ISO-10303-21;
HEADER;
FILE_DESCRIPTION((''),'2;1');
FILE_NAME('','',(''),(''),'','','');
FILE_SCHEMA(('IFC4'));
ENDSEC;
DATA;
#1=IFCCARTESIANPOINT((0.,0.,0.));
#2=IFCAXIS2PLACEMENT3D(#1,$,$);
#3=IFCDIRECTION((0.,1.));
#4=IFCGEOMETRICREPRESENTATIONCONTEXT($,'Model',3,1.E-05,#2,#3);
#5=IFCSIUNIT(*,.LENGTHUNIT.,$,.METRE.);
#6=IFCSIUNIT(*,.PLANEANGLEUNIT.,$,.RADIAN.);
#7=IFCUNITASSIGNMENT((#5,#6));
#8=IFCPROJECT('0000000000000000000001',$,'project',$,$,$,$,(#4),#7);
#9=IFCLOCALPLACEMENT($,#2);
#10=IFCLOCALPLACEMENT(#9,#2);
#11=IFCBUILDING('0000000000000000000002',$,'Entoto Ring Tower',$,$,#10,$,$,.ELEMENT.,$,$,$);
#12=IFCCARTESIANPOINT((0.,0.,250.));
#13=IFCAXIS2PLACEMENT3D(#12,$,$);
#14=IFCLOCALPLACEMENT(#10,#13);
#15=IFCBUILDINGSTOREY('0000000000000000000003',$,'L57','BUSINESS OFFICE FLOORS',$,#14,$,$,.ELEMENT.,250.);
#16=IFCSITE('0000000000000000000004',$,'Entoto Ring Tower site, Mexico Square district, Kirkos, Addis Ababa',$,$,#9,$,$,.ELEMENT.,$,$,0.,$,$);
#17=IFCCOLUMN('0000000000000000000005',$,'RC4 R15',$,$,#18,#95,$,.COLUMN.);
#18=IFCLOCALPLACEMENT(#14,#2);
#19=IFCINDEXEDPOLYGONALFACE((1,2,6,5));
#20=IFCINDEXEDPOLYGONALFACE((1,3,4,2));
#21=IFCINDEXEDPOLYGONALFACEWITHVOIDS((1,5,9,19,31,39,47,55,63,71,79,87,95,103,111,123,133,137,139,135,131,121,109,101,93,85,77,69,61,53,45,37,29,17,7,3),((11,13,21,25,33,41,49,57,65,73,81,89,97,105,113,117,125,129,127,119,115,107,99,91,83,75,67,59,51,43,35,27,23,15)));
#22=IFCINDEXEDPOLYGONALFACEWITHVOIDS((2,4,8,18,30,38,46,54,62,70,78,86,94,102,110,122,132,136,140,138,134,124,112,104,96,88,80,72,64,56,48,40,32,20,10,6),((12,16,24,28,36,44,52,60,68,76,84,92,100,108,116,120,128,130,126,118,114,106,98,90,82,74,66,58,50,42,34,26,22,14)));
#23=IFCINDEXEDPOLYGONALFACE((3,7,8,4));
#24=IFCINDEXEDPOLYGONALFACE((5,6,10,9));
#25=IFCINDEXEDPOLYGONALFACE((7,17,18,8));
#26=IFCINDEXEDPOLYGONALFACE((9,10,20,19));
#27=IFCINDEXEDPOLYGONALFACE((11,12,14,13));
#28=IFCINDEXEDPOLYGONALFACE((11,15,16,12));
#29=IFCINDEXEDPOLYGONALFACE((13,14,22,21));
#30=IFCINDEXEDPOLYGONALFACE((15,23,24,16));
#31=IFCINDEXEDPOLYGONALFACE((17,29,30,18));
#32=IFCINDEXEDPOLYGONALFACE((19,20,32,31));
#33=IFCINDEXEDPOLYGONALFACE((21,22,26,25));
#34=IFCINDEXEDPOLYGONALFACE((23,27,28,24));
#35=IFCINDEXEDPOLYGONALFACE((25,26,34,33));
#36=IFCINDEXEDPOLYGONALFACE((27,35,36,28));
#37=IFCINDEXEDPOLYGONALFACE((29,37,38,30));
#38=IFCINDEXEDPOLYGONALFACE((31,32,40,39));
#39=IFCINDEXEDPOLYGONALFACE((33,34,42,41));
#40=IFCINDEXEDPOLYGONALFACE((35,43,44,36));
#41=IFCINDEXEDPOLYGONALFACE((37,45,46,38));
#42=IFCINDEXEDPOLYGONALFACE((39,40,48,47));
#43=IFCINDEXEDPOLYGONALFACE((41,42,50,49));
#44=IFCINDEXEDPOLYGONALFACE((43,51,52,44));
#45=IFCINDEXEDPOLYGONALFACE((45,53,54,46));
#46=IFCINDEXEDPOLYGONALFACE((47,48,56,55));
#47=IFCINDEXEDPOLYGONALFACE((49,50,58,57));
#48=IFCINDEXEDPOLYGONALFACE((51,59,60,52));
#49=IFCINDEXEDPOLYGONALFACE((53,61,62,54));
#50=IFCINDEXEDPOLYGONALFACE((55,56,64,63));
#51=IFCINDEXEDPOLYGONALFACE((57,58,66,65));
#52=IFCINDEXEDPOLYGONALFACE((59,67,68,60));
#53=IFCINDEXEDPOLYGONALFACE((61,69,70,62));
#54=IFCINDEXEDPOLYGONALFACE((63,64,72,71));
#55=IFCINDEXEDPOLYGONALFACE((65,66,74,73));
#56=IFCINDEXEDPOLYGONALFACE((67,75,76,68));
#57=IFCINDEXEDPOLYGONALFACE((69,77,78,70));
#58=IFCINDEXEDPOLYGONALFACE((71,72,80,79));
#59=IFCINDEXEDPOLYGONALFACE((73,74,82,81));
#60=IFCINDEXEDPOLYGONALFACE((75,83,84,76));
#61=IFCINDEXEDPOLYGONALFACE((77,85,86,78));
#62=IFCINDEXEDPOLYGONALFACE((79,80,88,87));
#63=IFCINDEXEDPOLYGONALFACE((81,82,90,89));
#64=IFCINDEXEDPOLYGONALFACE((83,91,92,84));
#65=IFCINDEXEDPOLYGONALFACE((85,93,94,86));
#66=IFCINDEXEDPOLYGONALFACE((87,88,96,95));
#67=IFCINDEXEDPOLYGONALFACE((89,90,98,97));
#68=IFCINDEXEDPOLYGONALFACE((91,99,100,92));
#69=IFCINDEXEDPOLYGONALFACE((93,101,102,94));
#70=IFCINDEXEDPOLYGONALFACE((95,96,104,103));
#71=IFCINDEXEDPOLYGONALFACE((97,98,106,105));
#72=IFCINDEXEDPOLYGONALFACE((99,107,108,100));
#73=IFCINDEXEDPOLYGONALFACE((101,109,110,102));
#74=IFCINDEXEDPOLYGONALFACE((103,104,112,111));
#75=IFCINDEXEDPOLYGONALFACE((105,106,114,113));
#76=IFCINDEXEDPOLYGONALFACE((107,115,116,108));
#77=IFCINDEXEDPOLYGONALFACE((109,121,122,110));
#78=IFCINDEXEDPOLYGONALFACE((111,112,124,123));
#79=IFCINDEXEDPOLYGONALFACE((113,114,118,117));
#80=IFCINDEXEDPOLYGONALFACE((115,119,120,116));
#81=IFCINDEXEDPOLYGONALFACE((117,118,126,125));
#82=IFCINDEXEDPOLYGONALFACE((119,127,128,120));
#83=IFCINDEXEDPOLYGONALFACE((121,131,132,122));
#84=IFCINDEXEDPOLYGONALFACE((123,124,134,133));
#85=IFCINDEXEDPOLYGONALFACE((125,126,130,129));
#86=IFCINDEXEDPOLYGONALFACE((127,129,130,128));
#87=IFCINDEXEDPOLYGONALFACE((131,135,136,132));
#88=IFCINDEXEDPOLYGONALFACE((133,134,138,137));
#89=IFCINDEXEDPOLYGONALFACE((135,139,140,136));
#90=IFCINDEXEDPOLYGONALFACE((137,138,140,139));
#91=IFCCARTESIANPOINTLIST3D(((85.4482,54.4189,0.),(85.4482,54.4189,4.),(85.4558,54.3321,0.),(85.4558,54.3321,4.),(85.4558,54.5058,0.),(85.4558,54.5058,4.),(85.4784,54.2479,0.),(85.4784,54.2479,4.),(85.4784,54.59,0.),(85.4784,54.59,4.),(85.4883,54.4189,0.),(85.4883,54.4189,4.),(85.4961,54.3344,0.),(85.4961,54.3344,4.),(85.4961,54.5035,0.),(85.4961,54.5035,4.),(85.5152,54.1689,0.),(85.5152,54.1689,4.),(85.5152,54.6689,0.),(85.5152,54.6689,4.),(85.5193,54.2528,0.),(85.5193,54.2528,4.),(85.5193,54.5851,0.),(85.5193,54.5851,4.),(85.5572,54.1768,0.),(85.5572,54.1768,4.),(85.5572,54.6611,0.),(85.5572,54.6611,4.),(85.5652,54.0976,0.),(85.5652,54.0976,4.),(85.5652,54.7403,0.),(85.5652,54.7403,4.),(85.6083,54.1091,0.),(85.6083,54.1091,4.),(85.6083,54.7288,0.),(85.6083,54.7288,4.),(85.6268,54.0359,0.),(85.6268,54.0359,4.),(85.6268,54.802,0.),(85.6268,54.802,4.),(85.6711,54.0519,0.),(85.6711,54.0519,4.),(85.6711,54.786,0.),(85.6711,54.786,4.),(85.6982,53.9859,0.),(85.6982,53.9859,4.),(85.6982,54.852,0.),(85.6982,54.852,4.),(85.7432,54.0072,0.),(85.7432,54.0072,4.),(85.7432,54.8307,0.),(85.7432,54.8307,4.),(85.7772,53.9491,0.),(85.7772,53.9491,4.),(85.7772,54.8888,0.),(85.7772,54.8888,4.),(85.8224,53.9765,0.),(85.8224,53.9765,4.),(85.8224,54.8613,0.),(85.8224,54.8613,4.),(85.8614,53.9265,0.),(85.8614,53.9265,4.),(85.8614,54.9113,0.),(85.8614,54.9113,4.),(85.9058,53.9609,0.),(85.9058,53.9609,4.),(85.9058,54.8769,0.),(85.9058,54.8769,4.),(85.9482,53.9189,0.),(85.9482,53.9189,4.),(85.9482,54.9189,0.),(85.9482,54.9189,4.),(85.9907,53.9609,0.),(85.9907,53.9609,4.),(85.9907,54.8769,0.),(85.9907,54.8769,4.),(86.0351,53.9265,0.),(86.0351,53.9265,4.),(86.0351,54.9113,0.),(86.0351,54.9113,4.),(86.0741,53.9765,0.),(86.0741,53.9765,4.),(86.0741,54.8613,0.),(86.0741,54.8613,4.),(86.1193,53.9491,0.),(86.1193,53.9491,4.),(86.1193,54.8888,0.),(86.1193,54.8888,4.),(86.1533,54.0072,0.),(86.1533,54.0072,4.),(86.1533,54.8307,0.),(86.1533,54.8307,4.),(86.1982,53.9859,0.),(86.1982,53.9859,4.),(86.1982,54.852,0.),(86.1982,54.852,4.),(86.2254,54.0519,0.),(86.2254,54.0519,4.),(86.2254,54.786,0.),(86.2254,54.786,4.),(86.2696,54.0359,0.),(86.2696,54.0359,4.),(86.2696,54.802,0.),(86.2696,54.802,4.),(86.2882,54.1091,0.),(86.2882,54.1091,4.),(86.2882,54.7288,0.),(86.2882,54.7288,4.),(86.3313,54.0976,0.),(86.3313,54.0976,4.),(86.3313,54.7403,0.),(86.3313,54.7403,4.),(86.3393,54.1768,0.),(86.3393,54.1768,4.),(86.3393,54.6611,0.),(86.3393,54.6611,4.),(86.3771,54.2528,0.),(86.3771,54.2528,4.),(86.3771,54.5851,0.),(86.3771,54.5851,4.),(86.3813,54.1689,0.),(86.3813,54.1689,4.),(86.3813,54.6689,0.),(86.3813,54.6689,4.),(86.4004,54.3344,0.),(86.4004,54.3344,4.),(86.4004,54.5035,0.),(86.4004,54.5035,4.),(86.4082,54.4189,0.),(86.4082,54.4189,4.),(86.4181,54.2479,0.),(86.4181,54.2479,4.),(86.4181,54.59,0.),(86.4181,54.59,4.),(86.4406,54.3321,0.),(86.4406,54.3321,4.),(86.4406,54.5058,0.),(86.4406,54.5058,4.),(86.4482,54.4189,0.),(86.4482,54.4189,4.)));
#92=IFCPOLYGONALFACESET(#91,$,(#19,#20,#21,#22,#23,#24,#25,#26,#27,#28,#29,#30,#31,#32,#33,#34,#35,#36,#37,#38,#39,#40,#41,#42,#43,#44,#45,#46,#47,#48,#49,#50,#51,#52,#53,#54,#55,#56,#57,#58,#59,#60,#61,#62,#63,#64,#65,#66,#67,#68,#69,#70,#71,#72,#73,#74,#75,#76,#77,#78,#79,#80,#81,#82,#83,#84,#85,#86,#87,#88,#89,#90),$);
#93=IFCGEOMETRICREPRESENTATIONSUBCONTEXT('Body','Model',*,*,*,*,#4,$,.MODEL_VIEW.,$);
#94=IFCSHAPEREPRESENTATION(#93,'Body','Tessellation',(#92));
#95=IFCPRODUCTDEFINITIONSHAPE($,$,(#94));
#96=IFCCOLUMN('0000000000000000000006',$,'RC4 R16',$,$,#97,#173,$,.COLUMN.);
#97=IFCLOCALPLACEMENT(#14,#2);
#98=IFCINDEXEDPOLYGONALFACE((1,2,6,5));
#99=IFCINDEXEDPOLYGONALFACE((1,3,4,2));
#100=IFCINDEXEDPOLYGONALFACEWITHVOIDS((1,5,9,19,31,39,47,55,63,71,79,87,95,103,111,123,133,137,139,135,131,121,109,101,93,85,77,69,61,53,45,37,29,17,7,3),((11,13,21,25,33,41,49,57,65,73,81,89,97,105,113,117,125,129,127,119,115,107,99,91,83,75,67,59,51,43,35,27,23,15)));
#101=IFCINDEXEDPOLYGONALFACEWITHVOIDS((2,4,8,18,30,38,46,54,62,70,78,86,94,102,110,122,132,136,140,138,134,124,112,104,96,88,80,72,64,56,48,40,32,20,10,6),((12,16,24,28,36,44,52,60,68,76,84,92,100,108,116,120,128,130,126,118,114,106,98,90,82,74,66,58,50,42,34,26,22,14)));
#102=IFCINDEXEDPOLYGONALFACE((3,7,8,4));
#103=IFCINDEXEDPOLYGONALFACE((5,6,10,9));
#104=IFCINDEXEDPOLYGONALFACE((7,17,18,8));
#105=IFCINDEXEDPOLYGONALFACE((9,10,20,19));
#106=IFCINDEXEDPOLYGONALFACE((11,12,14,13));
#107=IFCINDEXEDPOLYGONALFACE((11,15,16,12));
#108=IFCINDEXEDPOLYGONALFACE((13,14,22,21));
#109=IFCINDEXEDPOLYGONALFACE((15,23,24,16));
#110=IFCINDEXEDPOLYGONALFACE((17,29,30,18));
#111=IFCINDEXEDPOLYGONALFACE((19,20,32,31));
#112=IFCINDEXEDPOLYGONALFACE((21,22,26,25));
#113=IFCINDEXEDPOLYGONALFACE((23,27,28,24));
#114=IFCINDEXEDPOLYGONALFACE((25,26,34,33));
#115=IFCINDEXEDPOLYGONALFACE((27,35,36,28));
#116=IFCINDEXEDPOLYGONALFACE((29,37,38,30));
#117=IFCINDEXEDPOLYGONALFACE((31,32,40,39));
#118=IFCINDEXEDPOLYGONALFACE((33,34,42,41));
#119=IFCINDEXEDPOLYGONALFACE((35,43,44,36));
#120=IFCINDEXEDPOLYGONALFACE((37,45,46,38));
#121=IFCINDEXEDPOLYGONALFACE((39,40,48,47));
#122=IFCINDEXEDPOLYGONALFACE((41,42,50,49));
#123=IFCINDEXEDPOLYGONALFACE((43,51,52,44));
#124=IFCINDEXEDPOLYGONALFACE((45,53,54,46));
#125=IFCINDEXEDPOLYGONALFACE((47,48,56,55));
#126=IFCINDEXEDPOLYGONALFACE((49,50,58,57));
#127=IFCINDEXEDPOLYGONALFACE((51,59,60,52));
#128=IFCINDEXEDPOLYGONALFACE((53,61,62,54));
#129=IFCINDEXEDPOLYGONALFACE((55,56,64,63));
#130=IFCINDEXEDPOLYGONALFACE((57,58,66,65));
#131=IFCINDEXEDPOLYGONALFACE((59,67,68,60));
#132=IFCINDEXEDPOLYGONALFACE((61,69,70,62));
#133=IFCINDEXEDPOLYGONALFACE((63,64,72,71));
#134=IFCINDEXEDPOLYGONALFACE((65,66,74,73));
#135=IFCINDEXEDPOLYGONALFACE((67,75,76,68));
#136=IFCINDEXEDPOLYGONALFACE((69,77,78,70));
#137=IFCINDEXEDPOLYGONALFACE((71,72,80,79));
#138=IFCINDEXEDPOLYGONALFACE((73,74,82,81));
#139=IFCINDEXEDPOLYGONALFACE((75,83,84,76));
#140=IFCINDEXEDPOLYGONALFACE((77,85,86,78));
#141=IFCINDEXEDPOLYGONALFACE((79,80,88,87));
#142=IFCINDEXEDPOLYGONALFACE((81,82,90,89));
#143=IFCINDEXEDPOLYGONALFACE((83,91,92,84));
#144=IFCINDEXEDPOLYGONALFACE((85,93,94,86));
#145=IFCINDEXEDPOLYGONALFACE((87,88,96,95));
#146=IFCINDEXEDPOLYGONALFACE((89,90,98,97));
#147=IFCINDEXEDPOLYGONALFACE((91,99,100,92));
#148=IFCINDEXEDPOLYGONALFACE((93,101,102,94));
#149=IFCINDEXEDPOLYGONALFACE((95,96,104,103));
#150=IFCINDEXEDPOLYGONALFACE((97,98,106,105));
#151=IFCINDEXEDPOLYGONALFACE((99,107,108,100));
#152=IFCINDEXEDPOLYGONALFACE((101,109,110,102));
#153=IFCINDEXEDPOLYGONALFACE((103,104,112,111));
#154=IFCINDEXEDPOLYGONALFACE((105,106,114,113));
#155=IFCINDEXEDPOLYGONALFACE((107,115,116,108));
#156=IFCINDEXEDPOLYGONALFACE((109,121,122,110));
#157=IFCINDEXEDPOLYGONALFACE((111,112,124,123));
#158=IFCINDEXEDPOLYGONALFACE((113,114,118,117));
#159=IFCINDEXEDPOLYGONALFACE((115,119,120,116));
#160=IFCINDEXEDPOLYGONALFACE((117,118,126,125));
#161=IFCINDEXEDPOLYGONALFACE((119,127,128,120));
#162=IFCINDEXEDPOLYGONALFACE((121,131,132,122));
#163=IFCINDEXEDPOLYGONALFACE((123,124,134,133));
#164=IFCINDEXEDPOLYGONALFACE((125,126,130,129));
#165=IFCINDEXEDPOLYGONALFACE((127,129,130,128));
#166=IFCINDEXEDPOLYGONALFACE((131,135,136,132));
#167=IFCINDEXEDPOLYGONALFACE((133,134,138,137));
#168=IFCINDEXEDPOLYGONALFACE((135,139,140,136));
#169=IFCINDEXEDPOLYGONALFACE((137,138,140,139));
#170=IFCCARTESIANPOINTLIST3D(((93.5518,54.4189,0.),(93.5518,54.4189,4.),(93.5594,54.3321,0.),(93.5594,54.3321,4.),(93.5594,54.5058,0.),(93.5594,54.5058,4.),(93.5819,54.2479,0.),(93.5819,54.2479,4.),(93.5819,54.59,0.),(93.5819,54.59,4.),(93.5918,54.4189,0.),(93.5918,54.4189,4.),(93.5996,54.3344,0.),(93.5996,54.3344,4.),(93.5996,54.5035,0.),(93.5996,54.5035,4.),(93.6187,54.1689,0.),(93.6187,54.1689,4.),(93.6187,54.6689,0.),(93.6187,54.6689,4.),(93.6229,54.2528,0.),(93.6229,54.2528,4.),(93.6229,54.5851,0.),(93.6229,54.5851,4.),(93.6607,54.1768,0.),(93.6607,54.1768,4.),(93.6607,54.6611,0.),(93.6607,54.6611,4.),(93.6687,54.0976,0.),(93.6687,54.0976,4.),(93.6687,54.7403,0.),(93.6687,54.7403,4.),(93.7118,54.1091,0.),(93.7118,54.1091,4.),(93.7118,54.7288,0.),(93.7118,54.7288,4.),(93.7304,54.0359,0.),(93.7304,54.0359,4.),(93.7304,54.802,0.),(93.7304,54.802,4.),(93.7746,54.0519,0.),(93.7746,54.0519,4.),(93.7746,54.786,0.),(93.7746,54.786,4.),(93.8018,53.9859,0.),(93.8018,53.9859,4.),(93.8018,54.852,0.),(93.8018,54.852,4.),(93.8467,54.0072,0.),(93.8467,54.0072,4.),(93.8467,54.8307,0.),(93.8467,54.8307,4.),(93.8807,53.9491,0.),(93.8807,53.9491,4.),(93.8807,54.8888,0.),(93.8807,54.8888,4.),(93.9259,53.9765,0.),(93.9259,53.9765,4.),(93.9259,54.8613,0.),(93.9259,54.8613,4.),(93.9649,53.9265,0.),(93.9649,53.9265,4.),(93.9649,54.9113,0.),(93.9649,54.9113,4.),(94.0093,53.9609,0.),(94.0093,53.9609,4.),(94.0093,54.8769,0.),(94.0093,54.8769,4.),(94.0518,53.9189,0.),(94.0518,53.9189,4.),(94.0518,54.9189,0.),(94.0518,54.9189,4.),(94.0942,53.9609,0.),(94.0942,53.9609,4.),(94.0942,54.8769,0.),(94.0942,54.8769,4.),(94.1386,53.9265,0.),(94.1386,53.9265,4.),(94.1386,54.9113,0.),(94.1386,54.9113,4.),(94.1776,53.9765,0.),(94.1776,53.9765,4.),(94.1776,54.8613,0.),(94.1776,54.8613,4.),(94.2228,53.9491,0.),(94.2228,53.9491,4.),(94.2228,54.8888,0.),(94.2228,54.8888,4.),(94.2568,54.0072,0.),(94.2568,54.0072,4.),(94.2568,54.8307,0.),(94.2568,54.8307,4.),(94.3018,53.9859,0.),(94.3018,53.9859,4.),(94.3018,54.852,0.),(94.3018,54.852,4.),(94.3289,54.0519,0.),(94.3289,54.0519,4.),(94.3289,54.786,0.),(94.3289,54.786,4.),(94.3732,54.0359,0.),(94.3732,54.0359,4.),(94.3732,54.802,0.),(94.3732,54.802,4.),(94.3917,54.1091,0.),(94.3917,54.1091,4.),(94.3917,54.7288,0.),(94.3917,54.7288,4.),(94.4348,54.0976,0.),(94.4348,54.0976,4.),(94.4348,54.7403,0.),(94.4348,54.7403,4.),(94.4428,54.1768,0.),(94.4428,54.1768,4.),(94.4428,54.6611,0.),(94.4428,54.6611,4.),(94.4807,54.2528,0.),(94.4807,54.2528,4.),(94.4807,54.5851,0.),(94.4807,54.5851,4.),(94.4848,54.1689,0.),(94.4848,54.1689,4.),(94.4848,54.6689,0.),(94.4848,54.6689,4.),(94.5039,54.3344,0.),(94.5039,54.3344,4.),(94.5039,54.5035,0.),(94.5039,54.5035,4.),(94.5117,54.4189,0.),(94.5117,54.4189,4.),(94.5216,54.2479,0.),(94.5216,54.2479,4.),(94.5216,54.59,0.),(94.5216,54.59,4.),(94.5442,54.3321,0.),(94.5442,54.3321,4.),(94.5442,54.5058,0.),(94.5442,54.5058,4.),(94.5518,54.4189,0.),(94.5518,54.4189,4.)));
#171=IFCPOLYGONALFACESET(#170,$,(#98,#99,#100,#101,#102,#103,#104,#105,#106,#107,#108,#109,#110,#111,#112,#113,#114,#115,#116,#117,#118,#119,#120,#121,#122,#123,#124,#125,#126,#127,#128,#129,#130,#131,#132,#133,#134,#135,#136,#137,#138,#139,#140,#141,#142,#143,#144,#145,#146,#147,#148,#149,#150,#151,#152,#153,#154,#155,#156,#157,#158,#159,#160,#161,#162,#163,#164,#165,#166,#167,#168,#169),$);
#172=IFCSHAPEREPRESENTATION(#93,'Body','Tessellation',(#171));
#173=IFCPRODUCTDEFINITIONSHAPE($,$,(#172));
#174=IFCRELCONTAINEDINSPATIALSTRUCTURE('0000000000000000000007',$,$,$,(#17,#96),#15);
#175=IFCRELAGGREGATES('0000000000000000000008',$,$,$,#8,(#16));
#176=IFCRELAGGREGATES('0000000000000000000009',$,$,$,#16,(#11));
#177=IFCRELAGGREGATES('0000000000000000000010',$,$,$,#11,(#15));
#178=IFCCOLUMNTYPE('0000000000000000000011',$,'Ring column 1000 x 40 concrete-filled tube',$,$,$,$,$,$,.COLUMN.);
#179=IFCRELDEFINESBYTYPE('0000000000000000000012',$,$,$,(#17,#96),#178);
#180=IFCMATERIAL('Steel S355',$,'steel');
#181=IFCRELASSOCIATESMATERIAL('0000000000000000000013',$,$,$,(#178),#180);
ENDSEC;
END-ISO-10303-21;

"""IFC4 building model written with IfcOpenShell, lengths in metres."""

from ifc_helpers import new_model, si_unit, direction, frame, origin, origin_2d, place, context, subcontext, project, spatial, circle, hollow_circle, extrude, material, material_profile, profile_set, type_object, element, save


model = new_model("IFC4")

# Units and contexts
model_context = context("Model", 3, precision=1e-05, world=origin(), true_north=direction((0.0, 1.0)))
body_context = subcontext(model_context, "Body", "Model", "MODEL_VIEW")
ifc_project = project(units=[si_unit("LENGTHUNIT", "METRE"), si_unit("PLANEANGLEUNIT", "RADIAN")], contexts=[model_context])

# Site, building, storey
site_placement = place(None, origin())
site = spatial("IfcSite", under=ifc_project, at=site_placement, Name="Entoto Ring Tower site, Mexico Square district, Kirkos, Addis Ababa", CompositionType="ELEMENT", RefElevation=0.0)
building_placement = place(site_placement, origin())
building = spatial("IfcBuilding", under=site, at=building_placement, Name="Entoto Ring Tower", CompositionType="ELEMENT")
storey_placement = place(building_placement, frame((0.0, 0.0, 250.0)))
storey = spatial("IfcBuildingStorey", under=building, at=storey_placement, Name="L57", Description="BUSINESS OFFICE FLOORS", CompositionType="ELEMENT", Elevation=250.0)

# Columns
ifc_material_1 = material(Name="Steel S355", Category="steel")
ifc_material_profile_1 = material_profile(ifc_material_1, hollow_circle(Radius=0.5, WallThickness=0.04, at=origin_2d()), Name="CHS 1000 x 40")
ifc_material_2 = material(Name="Concrete C60/75", Category="concrete")
ifc_material_profile_2 = material_profile(ifc_material_2, circle(Radius=0.46, at=origin_2d()), Name="Concrete C60/75 infill")
ifc_profile_set_1 = profile_set([ifc_material_profile_1, ifc_material_profile_2], Name="Steel S355")
column_type = type_object("IfcColumnType", Name="Ring column 1000 x 40 concrete-filled tube", PredefinedType="COLUMN", material=ifc_profile_set_1)
for number, where, z_axis, x_axis, name in (
    (1, (85.9482, 54.4189, 0.0), (0.0, 0.0, 1.0), (1.0, 0.0, 0.0), "RC4 R15"),
    (2, (94.0518, 54.4189, 0.0), (0.0, 0.0, 1.0), (1.0, 0.0, 0.0), "RC4 R16"),
):
    element("IfcColumn", number, at=place(storey_placement, frame(where, z_axis=z_axis, x_axis=x_axis)), inside=storey, type_object=column_type, Name=name, PredefinedType="COLUMN", context=body_context, shape_type="SweptSolid", body=[
        extrude(hollow_circle(Radius=0.5, WallThickness=0.04, at=origin_2d()), origin(), (0.0, 0.0, 1.0), 4.0),
    ])

save(model, "model.ifc")
